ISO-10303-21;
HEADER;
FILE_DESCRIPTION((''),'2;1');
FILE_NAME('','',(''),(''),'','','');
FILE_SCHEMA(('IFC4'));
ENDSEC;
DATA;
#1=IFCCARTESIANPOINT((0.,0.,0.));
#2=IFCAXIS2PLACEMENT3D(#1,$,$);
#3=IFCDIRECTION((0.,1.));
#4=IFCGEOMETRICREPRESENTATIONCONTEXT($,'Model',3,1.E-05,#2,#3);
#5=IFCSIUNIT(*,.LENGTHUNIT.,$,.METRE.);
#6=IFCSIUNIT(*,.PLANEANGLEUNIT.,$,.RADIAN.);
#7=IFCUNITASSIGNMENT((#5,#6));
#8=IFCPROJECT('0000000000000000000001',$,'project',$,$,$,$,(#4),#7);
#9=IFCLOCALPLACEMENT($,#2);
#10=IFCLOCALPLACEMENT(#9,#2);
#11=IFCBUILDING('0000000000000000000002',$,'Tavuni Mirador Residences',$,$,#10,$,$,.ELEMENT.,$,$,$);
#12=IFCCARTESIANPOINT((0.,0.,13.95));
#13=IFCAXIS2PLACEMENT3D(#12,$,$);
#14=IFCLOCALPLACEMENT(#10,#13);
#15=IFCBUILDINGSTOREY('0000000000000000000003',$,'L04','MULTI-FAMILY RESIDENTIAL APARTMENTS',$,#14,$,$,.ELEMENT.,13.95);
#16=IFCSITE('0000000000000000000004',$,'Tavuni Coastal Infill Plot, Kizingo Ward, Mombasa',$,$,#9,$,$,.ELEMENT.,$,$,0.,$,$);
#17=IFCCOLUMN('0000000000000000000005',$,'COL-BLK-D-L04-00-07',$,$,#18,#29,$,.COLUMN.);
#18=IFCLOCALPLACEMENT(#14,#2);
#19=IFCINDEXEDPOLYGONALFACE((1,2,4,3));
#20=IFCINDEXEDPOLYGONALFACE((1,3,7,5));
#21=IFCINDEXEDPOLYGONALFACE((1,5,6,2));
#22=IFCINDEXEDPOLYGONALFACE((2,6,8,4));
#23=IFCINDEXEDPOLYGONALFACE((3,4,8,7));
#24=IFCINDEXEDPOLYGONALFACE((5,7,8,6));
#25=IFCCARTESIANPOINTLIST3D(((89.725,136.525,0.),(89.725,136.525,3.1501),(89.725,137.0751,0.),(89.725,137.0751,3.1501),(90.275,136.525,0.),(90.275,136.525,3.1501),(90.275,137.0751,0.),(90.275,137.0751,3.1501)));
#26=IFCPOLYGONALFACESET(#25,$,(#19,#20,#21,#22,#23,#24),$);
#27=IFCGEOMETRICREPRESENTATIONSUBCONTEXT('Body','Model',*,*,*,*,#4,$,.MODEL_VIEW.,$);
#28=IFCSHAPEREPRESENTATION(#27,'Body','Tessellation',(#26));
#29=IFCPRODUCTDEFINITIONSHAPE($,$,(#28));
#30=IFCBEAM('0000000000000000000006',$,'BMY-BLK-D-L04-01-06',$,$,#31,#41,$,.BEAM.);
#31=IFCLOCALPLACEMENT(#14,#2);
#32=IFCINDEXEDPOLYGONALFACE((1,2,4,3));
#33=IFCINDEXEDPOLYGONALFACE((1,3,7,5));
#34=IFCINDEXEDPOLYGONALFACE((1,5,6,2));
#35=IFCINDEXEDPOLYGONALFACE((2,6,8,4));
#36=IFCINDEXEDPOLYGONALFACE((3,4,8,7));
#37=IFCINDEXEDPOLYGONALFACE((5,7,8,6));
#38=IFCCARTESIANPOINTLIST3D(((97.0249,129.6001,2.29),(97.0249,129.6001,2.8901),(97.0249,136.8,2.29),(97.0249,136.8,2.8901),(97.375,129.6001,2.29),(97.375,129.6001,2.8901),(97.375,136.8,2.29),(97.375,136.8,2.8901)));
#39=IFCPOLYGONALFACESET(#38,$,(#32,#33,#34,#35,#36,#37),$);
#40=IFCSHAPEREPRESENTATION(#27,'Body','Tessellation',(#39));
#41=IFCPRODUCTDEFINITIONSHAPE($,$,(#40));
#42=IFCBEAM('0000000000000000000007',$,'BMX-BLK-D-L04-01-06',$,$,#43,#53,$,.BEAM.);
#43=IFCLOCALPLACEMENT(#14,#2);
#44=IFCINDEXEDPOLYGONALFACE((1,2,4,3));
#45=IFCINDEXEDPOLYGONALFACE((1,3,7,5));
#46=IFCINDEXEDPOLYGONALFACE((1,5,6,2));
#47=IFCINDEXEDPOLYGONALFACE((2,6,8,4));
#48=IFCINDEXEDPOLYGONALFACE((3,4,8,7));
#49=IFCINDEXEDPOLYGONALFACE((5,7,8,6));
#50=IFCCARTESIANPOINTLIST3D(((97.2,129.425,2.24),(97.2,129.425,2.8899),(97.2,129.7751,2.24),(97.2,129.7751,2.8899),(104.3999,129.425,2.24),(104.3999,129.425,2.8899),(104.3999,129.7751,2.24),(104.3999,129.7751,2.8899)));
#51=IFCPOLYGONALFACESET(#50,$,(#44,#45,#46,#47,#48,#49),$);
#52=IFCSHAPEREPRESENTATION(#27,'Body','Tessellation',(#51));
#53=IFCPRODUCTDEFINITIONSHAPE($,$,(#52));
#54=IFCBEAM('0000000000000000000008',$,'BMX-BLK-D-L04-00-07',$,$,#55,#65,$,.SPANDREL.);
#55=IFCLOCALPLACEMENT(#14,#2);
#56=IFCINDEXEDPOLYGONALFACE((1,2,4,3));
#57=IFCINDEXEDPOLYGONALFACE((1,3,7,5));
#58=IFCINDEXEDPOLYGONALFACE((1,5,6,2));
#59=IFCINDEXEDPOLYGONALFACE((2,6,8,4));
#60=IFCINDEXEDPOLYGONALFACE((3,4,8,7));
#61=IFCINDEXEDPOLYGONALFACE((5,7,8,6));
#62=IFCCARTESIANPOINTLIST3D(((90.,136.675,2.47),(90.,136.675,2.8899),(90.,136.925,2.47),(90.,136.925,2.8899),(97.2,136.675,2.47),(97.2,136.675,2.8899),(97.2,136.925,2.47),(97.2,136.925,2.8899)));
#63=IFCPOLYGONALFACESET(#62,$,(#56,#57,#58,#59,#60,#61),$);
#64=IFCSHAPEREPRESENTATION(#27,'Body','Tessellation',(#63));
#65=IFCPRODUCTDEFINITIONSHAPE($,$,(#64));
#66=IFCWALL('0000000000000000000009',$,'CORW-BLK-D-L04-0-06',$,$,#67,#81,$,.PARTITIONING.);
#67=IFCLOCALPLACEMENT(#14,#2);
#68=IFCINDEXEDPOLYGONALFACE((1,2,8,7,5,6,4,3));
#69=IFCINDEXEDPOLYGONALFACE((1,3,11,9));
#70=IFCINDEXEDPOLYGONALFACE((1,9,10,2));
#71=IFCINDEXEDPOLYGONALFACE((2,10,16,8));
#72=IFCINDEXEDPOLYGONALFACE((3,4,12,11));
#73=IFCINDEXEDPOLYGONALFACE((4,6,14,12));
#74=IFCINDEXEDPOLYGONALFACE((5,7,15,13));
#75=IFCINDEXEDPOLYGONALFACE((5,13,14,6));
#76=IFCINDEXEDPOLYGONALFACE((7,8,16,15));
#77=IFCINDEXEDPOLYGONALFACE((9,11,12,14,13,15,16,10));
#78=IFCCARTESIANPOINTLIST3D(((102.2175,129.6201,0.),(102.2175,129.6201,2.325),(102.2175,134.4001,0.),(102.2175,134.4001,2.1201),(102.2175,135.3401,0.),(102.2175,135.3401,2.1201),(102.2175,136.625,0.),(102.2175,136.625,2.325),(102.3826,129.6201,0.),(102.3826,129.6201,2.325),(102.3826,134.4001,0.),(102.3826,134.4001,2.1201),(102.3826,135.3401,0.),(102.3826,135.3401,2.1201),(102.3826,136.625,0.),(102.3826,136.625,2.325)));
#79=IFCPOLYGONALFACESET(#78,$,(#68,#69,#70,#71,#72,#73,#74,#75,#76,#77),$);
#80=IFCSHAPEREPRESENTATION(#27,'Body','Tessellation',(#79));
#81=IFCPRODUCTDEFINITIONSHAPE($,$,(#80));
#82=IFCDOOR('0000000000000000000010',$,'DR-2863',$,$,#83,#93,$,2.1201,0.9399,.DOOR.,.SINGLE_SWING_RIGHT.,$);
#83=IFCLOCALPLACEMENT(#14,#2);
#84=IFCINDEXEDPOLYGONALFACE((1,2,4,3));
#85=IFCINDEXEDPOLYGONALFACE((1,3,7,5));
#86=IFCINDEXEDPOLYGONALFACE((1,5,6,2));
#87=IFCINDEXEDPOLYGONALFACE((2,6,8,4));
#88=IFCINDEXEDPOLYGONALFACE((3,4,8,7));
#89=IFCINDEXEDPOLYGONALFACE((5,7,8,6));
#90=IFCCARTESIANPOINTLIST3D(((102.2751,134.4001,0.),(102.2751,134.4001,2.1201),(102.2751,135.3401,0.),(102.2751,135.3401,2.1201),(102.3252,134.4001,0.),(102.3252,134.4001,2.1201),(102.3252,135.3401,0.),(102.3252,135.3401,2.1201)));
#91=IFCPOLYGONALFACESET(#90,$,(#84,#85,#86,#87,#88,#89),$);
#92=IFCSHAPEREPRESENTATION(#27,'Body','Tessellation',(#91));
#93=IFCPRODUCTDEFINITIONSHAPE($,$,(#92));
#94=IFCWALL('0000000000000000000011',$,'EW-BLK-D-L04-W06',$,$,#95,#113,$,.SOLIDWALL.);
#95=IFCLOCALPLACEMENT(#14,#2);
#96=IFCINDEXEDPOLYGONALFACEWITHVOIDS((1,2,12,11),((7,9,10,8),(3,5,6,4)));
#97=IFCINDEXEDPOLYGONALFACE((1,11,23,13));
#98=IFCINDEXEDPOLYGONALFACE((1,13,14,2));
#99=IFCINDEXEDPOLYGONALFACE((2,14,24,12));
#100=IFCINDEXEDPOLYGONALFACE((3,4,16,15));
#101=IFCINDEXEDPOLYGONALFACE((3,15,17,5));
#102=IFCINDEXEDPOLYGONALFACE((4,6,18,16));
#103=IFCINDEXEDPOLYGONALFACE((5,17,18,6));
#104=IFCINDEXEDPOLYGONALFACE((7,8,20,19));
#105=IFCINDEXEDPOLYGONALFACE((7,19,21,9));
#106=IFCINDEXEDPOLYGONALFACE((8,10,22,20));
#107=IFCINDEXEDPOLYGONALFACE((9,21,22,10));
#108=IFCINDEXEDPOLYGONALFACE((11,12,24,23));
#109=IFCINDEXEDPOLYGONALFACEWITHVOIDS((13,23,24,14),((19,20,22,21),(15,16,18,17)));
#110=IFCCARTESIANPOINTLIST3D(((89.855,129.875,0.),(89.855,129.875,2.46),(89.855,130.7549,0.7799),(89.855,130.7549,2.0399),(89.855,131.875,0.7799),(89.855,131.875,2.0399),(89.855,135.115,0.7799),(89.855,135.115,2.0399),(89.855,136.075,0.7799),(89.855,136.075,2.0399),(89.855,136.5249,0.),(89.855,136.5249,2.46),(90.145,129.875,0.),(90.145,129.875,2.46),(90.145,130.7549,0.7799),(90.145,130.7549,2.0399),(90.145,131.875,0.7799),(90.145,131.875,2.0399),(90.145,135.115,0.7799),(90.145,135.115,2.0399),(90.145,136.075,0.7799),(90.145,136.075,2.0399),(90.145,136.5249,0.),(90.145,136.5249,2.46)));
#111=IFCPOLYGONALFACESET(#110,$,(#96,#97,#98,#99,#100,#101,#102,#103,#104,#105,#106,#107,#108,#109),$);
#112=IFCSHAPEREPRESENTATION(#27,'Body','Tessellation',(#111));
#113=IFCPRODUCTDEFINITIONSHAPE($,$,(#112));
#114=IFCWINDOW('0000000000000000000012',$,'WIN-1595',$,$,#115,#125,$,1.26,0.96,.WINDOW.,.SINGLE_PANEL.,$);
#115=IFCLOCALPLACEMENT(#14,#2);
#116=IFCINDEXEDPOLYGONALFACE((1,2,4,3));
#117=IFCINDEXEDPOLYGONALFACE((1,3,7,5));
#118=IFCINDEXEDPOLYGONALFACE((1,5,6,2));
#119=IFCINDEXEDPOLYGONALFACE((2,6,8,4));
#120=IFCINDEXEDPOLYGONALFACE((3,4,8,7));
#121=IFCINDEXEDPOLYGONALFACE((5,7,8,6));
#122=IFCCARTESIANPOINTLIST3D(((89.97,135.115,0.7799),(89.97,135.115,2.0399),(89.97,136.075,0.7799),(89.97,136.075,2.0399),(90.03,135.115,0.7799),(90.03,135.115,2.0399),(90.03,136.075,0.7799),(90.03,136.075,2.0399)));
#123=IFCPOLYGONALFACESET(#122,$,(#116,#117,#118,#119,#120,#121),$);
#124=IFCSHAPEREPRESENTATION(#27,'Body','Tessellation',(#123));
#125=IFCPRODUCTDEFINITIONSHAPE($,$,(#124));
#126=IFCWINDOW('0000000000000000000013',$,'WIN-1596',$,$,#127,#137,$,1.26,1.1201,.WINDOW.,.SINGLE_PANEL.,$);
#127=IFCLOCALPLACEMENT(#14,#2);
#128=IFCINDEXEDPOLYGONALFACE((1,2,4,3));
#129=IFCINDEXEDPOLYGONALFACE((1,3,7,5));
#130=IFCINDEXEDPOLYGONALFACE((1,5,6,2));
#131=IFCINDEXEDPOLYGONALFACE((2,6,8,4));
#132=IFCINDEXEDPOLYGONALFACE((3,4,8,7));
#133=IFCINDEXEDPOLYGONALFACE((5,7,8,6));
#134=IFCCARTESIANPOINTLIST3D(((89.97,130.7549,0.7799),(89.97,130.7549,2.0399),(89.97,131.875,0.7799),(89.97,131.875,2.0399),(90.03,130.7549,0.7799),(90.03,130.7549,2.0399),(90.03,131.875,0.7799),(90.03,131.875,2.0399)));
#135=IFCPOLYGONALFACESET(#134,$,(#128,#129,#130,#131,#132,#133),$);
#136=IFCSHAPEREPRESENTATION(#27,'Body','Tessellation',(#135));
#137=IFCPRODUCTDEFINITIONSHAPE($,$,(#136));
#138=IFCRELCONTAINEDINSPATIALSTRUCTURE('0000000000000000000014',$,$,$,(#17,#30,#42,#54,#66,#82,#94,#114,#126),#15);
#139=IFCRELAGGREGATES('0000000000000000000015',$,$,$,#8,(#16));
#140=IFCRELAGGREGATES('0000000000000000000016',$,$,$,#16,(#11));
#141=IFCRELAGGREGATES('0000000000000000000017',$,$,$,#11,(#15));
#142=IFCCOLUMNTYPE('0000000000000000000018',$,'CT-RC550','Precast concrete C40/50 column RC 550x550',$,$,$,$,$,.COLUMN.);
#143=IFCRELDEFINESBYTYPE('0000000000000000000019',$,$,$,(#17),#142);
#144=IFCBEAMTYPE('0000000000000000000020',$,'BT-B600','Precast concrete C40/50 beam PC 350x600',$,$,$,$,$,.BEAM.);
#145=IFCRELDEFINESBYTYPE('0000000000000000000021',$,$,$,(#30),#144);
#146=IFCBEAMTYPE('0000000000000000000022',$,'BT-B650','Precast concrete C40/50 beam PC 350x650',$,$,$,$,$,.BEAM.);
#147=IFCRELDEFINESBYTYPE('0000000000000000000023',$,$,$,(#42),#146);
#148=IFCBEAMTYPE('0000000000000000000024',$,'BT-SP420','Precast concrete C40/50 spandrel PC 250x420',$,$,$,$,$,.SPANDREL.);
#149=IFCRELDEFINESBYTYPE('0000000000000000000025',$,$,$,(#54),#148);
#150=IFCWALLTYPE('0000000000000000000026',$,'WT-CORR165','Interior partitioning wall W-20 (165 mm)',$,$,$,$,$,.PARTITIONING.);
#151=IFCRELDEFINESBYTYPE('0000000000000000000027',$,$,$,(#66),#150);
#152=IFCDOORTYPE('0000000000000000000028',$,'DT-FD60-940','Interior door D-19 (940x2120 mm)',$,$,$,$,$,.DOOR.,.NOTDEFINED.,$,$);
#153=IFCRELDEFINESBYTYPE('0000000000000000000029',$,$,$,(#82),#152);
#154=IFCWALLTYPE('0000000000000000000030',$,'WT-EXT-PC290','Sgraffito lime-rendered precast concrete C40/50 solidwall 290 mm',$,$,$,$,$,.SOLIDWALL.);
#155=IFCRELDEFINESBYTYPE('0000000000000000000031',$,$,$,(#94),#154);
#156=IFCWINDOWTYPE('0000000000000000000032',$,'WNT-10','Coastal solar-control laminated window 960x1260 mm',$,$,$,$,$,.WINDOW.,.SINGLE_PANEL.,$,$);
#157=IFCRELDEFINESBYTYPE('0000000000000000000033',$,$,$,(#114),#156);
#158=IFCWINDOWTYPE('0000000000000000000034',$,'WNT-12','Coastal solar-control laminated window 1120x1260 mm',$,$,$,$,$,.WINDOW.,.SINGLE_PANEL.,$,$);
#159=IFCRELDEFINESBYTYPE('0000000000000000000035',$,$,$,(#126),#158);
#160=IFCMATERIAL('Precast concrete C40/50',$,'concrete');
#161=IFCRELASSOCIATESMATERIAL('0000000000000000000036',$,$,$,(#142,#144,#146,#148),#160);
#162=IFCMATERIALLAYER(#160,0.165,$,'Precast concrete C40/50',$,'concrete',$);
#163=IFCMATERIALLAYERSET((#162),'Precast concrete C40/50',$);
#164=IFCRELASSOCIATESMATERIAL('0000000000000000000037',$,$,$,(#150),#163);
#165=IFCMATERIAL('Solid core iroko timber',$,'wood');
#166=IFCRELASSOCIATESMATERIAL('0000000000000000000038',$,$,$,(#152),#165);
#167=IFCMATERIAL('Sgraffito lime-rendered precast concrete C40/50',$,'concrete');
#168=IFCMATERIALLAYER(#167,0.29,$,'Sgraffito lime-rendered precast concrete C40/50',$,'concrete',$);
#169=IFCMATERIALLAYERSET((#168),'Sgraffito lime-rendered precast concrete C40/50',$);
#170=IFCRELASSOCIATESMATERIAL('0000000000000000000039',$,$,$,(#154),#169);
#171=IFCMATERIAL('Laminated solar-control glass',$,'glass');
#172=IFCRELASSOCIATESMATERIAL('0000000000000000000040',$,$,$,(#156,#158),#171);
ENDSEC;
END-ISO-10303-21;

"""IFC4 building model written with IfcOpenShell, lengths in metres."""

from ifc_helpers import new_model, si_unit, direction, frame, frame_2d, origin, origin_2d, place, context, subcontext, project, spatial, rectangle, extrude, material, layer, layer_set, material_profile, profile_set, type_object, element, fill, save


model = new_model("IFC4")

# Units and contexts
model_context = context("Model", 3, precision=1e-05, world=origin(), true_north=direction((0.0, 1.0)))
body_context = subcontext(model_context, "Body", "Model", "MODEL_VIEW")
ifc_project = project(units=[si_unit("LENGTHUNIT", "METRE"), si_unit("PLANEANGLEUNIT", "RADIAN")], contexts=[model_context])

# Site, building, storey
site_placement = place(None, origin())
site = spatial("IfcSite", under=ifc_project, at=site_placement, Name="Tavuni Coastal Infill Plot, Kizingo Ward, Mombasa", CompositionType="ELEMENT", RefElevation=0.0)
building_placement = place(site_placement, origin())
building = spatial("IfcBuilding", under=site, at=building_placement, Name="Tavuni Mirador Residences", CompositionType="ELEMENT")
storey_placement = place(building_placement, frame((0.0, 0.0, 13.95)))
storey = spatial("IfcBuildingStorey", under=building, at=storey_placement, Name="L04", Description="MULTI-FAMILY RESIDENTIAL APARTMENTS", CompositionType="ELEMENT", Elevation=13.95)

# Column
ifc_material_1 = material(Name="Precast concrete C40/50", Category="concrete")
ifc_material_profile_1 = material_profile(ifc_material_1, rectangle(XDim=0.55, YDim=0.55, at=origin_2d()), Name="RC 550x550", Category="concrete")
ifc_profile_set_1 = profile_set([ifc_material_profile_1], Name="Precast concrete C40/50")
column_type = type_object("IfcColumnType", Name="CT-RC550", Description="Precast concrete C40/50 column RC 550x550", PredefinedType="COLUMN", material=ifc_profile_set_1)
column_placement = place(storey_placement, frame((90.0, 136.8, 0.0), z_axis=(0.0, 0.0, 1.0), x_axis=(1.0, 0.0, 0.0)))
element("IfcColumn", 1, at=column_placement, inside=storey, type_object=column_type, Name="COL-BLK-D-L04-00-07", PredefinedType="COLUMN", context=body_context, shape_type="SweptSolid", body=[
    extrude(rectangle(XDim=0.55, YDim=0.55, at=origin_2d()), origin(), (0.0, 0.0, 1.0), 3.1501),
])

# Beams
ifc_material_profile_2 = material_profile(ifc_material_1, rectangle(XDim=0.3501, YDim=0.6001, at=origin_2d()), Name="PC 350x600", Category="concrete")
ifc_profile_set_2 = profile_set([ifc_material_profile_2], Name="Precast concrete C40/50")
beam_type_1 = type_object("IfcBeamType", Name="BT-B600", Description="Precast concrete C40/50 beam PC 350x600", PredefinedType="BEAM", material=ifc_profile_set_2)
beam_1_placement = place(storey_placement, frame((97.2, 129.6001, 2.5901), z_axis=(0.0, 1.0, 0.0), x_axis=(-1.0, 0.0, 0.0)))
element("IfcBeam", 2, at=beam_1_placement, inside=storey, type_object=beam_type_1, Name="BMY-BLK-D-L04-01-06", PredefinedType="BEAM", context=body_context, shape_type="SweptSolid", body=[
    extrude(rectangle(XDim=0.3501, YDim=0.6001, at=origin_2d()), origin(), (0.0, 0.0, 1.0), 7.2),
])
ifc_material_profile_3 = material_profile(ifc_material_1, rectangle(XDim=0.3501, YDim=0.6499, at=origin_2d()), Name="PC 350x650", Category="concrete")
ifc_profile_set_3 = profile_set([ifc_material_profile_3], Name="Precast concrete C40/50")
beam_type_2 = type_object("IfcBeamType", Name="BT-B650", Description="Precast concrete C40/50 beam PC 350x650", PredefinedType="BEAM", material=ifc_profile_set_3)
beam_2_placement = place(storey_placement, frame((97.2, 129.6001, 2.5649), z_axis=(1.0, 0.0, 0.0), x_axis=(0.0, 1.0, 0.0)))
element("IfcBeam", 3, at=beam_2_placement, inside=storey, type_object=beam_type_2, Name="BMX-BLK-D-L04-01-06", PredefinedType="BEAM", context=body_context, shape_type="SweptSolid", body=[
    extrude(rectangle(XDim=0.3501, YDim=0.6499, at=origin_2d()), origin(), (0.0, 0.0, 1.0), 7.2),
])
ifc_material_profile_4 = material_profile(ifc_material_1, rectangle(XDim=0.25, YDim=0.4199, at=origin_2d()), Name="PC 250x420", Category="concrete")
ifc_profile_set_4 = profile_set([ifc_material_profile_4], Name="Precast concrete C40/50")
beam_type_3 = type_object("IfcBeamType", Name="BT-SP420", Description="Precast concrete C40/50 spandrel PC 250x420", PredefinedType="SPANDREL", material=ifc_profile_set_4)
beam_3_placement = place(storey_placement, frame((90.0, 136.8, 2.6799), z_axis=(1.0, 0.0, 0.0), x_axis=(0.0, 1.0, 0.0)))
element("IfcBeam", 4, at=beam_3_placement, inside=storey, type_object=beam_type_3, Name="BMX-BLK-D-L04-00-07", PredefinedType="SPANDREL", context=body_context, shape_type="SweptSolid", body=[
    extrude(rectangle(XDim=0.25, YDim=0.4199, at=origin_2d()), origin(), (0.0, 0.0, 1.0), 7.2),
])

# Wall, opening, door
ifc_layer_1 = layer(ifc_material_1, 0.165, Name="Precast concrete C40/50", Category="concrete")
ifc_layer_set_1 = layer_set([ifc_layer_1], Name="Precast concrete C40/50")
wall_type_1 = type_object("IfcWallType", Name="WT-CORR165", Description="Interior partitioning wall W-20 (165 mm)", PredefinedType="PARTITIONING", material=ifc_layer_set_1)
wall_1_placement = place(storey_placement, frame((102.3, 129.6201, 0.0), z_axis=(0.0, 0.0, 1.0), x_axis=(0.0, 1.0, 0.0)))
wall_1 = element("IfcWall", 5, at=wall_1_placement, inside=storey, type_object=wall_type_1, Name="CORW-BLK-D-L04-0-06", PredefinedType="PARTITIONING", context=body_context, shape_type="SweptSolid", body=[
    extrude(rectangle(XDim=7.0049, YDim=0.165, at=frame_2d((3.5024, 0.0))), origin(), (0.0, 0.0, 1.0), 2.325),
])
opening_1_placement = place(wall_1_placement, frame((4.78, 0.0, 0.0)))
opening_1 = element("IfcOpeningElement", 6, at=opening_1_placement, cuts=wall_1, PredefinedType="OPENING", context=body_context, shape_type="SweptSolid", body=[
    extrude(rectangle(XDim=0.9399, YDim=2.1201, at=frame_2d((0.47, 1.0601))), frame((0.0, 0.0925, 0.0), z_axis=(0.0, -1.0, 0.0), x_axis=(1.0, 0.0, 0.0)), (0.0, 0.0, 1.0), 0.1851),
])
ifc_material_2 = material(Name="Solid core iroko timber", Category="wood")
door_type_1 = type_object("IfcDoorType", Name="DT-FD60-940", Description="Interior door D-19 (940x2120 mm)", OperationType="NOTDEFINED", PredefinedType="DOOR", material=ifc_material_2)
door_1_placement = place(opening_1_placement, origin())
door_1 = element("IfcDoor", 7, at=door_1_placement, inside=storey, type_object=door_type_1, Name="DR-2863", OperationType="SINGLE_SWING_RIGHT", OverallHeight=2.1201, OverallWidth=0.9399, PredefinedType="DOOR", context=body_context, shape_type="SweptSolid", body=[
    extrude(rectangle(XDim=0.9399, YDim=2.1201, at=frame_2d((0.47, 1.0601))), frame((0.0, 0.0249, 0.0), z_axis=(0.0, -1.0, 0.0), x_axis=(1.0, 0.0, 0.0)), (0.0, 0.0, 1.0), 0.05),
])
fill(opening_1, door_1)

# Wall, openings, windows
ifc_material_3 = material(Name="Sgraffito lime-rendered precast concrete C40/50", Category="concrete")
ifc_layer_2 = layer(ifc_material_3, 0.29, Name="Sgraffito lime-rendered precast concrete C40/50", Category="concrete")
ifc_layer_set_2 = layer_set([ifc_layer_2], Name="Sgraffito lime-rendered precast concrete C40/50")
wall_type_2 = type_object("IfcWallType", Name="WT-EXT-PC290", Description="Sgraffito lime-rendered precast concrete C40/50 solidwall 290 mm", PredefinedType="SOLIDWALL", material=ifc_layer_set_2)
wall_2_placement = place(storey_placement, frame((90.0, 136.5249, 0.0), z_axis=(0.0, 0.0, 1.0), x_axis=(0.0, -1.0, 0.0)))
wall_2 = element("IfcWall", 8, at=wall_2_placement, inside=storey, type_object=wall_type_2, Name="EW-BLK-D-L04-W06", PredefinedType="SOLIDWALL", context=body_context, shape_type="SweptSolid", body=[
    extrude(rectangle(XDim=6.6499, YDim=0.29, at=frame_2d((3.325, 0.0))), origin(), (0.0, 0.0, 1.0), 2.46),
])
opening_2_placement = place(wall_2_placement, frame((0.45, 0.0, 0.78)))
opening_2 = element("IfcOpeningElement", 9, at=opening_2_placement, cuts=wall_2, PredefinedType="OPENING", context=body_context, shape_type="SweptSolid", body=[
    extrude(rectangle(XDim=0.96, YDim=1.26, at=frame_2d((0.48, 0.6299))), frame((0.0, 0.155, 0.0), z_axis=(0.0, -1.0, 0.0), x_axis=(1.0, 0.0, 0.0)), (0.0, 0.0, 1.0), 0.3101),
])
opening_3_placement = place(wall_2_placement, frame((4.6499, 0.0, 0.78)))
opening_3 = element("IfcOpeningElement", 10, at=opening_3_placement, cuts=wall_2, PredefinedType="OPENING", context=body_context, shape_type="SweptSolid", body=[
    extrude(rectangle(XDim=1.1201, YDim=1.26, at=frame_2d((0.5601, 0.6299))), frame((0.0, 0.155, 0.0), z_axis=(0.0, -1.0, 0.0), x_axis=(1.0, 0.0, 0.0)), (0.0, 0.0, 1.0), 0.3101),
])
ifc_material_4 = material(Name="Laminated solar-control glass", Category="glass")
window_type_1 = type_object("IfcWindowType", Name="WNT-10", Description="Coastal solar-control laminated window 960x1260 mm", PartitioningType="SINGLE_PANEL", PredefinedType="WINDOW", material=ifc_material_4)
window_1_placement = place(opening_2_placement, origin())
window_1 = element("IfcWindow", 11, at=window_1_placement, inside=storey, type_object=window_type_1, Name="WIN-1595", OverallHeight=1.26, OverallWidth=0.96, PartitioningType="SINGLE_PANEL", PredefinedType="WINDOW", context=body_context, shape_type="SweptSolid", body=[
    extrude(rectangle(XDim=0.96, YDim=1.26, at=frame_2d((0.48, 0.6299))), frame((0.0, 0.03, 0.0), z_axis=(0.0, -1.0, 0.0), x_axis=(1.0, 0.0, 0.0)), (0.0, 0.0, 1.0), 0.0601),
])
fill(opening_2, window_1)
window_type_2 = type_object("IfcWindowType", Name="WNT-12", Description="Coastal solar-control laminated window 1120x1260 mm", PartitioningType="SINGLE_PANEL", PredefinedType="WINDOW", material=ifc_material_4)
window_2_placement = place(opening_3_placement, origin())
window_2 = element("IfcWindow", 12, at=window_2_placement, inside=storey, type_object=window_type_2, Name="WIN-1596", OverallHeight=1.26, OverallWidth=1.1201, PartitioningType="SINGLE_PANEL", PredefinedType="WINDOW", context=body_context, shape_type="SweptSolid", body=[
    extrude(rectangle(XDim=1.1201, YDim=1.26, at=frame_2d((0.5601, 0.6299))), frame((0.0, 0.03, 0.0), z_axis=(0.0, -1.0, 0.0), x_axis=(1.0, 0.0, 0.0)), (0.0, 0.0, 1.0), 0.0601),
])
fill(opening_3, window_2)

save(model, "model.ifc")
